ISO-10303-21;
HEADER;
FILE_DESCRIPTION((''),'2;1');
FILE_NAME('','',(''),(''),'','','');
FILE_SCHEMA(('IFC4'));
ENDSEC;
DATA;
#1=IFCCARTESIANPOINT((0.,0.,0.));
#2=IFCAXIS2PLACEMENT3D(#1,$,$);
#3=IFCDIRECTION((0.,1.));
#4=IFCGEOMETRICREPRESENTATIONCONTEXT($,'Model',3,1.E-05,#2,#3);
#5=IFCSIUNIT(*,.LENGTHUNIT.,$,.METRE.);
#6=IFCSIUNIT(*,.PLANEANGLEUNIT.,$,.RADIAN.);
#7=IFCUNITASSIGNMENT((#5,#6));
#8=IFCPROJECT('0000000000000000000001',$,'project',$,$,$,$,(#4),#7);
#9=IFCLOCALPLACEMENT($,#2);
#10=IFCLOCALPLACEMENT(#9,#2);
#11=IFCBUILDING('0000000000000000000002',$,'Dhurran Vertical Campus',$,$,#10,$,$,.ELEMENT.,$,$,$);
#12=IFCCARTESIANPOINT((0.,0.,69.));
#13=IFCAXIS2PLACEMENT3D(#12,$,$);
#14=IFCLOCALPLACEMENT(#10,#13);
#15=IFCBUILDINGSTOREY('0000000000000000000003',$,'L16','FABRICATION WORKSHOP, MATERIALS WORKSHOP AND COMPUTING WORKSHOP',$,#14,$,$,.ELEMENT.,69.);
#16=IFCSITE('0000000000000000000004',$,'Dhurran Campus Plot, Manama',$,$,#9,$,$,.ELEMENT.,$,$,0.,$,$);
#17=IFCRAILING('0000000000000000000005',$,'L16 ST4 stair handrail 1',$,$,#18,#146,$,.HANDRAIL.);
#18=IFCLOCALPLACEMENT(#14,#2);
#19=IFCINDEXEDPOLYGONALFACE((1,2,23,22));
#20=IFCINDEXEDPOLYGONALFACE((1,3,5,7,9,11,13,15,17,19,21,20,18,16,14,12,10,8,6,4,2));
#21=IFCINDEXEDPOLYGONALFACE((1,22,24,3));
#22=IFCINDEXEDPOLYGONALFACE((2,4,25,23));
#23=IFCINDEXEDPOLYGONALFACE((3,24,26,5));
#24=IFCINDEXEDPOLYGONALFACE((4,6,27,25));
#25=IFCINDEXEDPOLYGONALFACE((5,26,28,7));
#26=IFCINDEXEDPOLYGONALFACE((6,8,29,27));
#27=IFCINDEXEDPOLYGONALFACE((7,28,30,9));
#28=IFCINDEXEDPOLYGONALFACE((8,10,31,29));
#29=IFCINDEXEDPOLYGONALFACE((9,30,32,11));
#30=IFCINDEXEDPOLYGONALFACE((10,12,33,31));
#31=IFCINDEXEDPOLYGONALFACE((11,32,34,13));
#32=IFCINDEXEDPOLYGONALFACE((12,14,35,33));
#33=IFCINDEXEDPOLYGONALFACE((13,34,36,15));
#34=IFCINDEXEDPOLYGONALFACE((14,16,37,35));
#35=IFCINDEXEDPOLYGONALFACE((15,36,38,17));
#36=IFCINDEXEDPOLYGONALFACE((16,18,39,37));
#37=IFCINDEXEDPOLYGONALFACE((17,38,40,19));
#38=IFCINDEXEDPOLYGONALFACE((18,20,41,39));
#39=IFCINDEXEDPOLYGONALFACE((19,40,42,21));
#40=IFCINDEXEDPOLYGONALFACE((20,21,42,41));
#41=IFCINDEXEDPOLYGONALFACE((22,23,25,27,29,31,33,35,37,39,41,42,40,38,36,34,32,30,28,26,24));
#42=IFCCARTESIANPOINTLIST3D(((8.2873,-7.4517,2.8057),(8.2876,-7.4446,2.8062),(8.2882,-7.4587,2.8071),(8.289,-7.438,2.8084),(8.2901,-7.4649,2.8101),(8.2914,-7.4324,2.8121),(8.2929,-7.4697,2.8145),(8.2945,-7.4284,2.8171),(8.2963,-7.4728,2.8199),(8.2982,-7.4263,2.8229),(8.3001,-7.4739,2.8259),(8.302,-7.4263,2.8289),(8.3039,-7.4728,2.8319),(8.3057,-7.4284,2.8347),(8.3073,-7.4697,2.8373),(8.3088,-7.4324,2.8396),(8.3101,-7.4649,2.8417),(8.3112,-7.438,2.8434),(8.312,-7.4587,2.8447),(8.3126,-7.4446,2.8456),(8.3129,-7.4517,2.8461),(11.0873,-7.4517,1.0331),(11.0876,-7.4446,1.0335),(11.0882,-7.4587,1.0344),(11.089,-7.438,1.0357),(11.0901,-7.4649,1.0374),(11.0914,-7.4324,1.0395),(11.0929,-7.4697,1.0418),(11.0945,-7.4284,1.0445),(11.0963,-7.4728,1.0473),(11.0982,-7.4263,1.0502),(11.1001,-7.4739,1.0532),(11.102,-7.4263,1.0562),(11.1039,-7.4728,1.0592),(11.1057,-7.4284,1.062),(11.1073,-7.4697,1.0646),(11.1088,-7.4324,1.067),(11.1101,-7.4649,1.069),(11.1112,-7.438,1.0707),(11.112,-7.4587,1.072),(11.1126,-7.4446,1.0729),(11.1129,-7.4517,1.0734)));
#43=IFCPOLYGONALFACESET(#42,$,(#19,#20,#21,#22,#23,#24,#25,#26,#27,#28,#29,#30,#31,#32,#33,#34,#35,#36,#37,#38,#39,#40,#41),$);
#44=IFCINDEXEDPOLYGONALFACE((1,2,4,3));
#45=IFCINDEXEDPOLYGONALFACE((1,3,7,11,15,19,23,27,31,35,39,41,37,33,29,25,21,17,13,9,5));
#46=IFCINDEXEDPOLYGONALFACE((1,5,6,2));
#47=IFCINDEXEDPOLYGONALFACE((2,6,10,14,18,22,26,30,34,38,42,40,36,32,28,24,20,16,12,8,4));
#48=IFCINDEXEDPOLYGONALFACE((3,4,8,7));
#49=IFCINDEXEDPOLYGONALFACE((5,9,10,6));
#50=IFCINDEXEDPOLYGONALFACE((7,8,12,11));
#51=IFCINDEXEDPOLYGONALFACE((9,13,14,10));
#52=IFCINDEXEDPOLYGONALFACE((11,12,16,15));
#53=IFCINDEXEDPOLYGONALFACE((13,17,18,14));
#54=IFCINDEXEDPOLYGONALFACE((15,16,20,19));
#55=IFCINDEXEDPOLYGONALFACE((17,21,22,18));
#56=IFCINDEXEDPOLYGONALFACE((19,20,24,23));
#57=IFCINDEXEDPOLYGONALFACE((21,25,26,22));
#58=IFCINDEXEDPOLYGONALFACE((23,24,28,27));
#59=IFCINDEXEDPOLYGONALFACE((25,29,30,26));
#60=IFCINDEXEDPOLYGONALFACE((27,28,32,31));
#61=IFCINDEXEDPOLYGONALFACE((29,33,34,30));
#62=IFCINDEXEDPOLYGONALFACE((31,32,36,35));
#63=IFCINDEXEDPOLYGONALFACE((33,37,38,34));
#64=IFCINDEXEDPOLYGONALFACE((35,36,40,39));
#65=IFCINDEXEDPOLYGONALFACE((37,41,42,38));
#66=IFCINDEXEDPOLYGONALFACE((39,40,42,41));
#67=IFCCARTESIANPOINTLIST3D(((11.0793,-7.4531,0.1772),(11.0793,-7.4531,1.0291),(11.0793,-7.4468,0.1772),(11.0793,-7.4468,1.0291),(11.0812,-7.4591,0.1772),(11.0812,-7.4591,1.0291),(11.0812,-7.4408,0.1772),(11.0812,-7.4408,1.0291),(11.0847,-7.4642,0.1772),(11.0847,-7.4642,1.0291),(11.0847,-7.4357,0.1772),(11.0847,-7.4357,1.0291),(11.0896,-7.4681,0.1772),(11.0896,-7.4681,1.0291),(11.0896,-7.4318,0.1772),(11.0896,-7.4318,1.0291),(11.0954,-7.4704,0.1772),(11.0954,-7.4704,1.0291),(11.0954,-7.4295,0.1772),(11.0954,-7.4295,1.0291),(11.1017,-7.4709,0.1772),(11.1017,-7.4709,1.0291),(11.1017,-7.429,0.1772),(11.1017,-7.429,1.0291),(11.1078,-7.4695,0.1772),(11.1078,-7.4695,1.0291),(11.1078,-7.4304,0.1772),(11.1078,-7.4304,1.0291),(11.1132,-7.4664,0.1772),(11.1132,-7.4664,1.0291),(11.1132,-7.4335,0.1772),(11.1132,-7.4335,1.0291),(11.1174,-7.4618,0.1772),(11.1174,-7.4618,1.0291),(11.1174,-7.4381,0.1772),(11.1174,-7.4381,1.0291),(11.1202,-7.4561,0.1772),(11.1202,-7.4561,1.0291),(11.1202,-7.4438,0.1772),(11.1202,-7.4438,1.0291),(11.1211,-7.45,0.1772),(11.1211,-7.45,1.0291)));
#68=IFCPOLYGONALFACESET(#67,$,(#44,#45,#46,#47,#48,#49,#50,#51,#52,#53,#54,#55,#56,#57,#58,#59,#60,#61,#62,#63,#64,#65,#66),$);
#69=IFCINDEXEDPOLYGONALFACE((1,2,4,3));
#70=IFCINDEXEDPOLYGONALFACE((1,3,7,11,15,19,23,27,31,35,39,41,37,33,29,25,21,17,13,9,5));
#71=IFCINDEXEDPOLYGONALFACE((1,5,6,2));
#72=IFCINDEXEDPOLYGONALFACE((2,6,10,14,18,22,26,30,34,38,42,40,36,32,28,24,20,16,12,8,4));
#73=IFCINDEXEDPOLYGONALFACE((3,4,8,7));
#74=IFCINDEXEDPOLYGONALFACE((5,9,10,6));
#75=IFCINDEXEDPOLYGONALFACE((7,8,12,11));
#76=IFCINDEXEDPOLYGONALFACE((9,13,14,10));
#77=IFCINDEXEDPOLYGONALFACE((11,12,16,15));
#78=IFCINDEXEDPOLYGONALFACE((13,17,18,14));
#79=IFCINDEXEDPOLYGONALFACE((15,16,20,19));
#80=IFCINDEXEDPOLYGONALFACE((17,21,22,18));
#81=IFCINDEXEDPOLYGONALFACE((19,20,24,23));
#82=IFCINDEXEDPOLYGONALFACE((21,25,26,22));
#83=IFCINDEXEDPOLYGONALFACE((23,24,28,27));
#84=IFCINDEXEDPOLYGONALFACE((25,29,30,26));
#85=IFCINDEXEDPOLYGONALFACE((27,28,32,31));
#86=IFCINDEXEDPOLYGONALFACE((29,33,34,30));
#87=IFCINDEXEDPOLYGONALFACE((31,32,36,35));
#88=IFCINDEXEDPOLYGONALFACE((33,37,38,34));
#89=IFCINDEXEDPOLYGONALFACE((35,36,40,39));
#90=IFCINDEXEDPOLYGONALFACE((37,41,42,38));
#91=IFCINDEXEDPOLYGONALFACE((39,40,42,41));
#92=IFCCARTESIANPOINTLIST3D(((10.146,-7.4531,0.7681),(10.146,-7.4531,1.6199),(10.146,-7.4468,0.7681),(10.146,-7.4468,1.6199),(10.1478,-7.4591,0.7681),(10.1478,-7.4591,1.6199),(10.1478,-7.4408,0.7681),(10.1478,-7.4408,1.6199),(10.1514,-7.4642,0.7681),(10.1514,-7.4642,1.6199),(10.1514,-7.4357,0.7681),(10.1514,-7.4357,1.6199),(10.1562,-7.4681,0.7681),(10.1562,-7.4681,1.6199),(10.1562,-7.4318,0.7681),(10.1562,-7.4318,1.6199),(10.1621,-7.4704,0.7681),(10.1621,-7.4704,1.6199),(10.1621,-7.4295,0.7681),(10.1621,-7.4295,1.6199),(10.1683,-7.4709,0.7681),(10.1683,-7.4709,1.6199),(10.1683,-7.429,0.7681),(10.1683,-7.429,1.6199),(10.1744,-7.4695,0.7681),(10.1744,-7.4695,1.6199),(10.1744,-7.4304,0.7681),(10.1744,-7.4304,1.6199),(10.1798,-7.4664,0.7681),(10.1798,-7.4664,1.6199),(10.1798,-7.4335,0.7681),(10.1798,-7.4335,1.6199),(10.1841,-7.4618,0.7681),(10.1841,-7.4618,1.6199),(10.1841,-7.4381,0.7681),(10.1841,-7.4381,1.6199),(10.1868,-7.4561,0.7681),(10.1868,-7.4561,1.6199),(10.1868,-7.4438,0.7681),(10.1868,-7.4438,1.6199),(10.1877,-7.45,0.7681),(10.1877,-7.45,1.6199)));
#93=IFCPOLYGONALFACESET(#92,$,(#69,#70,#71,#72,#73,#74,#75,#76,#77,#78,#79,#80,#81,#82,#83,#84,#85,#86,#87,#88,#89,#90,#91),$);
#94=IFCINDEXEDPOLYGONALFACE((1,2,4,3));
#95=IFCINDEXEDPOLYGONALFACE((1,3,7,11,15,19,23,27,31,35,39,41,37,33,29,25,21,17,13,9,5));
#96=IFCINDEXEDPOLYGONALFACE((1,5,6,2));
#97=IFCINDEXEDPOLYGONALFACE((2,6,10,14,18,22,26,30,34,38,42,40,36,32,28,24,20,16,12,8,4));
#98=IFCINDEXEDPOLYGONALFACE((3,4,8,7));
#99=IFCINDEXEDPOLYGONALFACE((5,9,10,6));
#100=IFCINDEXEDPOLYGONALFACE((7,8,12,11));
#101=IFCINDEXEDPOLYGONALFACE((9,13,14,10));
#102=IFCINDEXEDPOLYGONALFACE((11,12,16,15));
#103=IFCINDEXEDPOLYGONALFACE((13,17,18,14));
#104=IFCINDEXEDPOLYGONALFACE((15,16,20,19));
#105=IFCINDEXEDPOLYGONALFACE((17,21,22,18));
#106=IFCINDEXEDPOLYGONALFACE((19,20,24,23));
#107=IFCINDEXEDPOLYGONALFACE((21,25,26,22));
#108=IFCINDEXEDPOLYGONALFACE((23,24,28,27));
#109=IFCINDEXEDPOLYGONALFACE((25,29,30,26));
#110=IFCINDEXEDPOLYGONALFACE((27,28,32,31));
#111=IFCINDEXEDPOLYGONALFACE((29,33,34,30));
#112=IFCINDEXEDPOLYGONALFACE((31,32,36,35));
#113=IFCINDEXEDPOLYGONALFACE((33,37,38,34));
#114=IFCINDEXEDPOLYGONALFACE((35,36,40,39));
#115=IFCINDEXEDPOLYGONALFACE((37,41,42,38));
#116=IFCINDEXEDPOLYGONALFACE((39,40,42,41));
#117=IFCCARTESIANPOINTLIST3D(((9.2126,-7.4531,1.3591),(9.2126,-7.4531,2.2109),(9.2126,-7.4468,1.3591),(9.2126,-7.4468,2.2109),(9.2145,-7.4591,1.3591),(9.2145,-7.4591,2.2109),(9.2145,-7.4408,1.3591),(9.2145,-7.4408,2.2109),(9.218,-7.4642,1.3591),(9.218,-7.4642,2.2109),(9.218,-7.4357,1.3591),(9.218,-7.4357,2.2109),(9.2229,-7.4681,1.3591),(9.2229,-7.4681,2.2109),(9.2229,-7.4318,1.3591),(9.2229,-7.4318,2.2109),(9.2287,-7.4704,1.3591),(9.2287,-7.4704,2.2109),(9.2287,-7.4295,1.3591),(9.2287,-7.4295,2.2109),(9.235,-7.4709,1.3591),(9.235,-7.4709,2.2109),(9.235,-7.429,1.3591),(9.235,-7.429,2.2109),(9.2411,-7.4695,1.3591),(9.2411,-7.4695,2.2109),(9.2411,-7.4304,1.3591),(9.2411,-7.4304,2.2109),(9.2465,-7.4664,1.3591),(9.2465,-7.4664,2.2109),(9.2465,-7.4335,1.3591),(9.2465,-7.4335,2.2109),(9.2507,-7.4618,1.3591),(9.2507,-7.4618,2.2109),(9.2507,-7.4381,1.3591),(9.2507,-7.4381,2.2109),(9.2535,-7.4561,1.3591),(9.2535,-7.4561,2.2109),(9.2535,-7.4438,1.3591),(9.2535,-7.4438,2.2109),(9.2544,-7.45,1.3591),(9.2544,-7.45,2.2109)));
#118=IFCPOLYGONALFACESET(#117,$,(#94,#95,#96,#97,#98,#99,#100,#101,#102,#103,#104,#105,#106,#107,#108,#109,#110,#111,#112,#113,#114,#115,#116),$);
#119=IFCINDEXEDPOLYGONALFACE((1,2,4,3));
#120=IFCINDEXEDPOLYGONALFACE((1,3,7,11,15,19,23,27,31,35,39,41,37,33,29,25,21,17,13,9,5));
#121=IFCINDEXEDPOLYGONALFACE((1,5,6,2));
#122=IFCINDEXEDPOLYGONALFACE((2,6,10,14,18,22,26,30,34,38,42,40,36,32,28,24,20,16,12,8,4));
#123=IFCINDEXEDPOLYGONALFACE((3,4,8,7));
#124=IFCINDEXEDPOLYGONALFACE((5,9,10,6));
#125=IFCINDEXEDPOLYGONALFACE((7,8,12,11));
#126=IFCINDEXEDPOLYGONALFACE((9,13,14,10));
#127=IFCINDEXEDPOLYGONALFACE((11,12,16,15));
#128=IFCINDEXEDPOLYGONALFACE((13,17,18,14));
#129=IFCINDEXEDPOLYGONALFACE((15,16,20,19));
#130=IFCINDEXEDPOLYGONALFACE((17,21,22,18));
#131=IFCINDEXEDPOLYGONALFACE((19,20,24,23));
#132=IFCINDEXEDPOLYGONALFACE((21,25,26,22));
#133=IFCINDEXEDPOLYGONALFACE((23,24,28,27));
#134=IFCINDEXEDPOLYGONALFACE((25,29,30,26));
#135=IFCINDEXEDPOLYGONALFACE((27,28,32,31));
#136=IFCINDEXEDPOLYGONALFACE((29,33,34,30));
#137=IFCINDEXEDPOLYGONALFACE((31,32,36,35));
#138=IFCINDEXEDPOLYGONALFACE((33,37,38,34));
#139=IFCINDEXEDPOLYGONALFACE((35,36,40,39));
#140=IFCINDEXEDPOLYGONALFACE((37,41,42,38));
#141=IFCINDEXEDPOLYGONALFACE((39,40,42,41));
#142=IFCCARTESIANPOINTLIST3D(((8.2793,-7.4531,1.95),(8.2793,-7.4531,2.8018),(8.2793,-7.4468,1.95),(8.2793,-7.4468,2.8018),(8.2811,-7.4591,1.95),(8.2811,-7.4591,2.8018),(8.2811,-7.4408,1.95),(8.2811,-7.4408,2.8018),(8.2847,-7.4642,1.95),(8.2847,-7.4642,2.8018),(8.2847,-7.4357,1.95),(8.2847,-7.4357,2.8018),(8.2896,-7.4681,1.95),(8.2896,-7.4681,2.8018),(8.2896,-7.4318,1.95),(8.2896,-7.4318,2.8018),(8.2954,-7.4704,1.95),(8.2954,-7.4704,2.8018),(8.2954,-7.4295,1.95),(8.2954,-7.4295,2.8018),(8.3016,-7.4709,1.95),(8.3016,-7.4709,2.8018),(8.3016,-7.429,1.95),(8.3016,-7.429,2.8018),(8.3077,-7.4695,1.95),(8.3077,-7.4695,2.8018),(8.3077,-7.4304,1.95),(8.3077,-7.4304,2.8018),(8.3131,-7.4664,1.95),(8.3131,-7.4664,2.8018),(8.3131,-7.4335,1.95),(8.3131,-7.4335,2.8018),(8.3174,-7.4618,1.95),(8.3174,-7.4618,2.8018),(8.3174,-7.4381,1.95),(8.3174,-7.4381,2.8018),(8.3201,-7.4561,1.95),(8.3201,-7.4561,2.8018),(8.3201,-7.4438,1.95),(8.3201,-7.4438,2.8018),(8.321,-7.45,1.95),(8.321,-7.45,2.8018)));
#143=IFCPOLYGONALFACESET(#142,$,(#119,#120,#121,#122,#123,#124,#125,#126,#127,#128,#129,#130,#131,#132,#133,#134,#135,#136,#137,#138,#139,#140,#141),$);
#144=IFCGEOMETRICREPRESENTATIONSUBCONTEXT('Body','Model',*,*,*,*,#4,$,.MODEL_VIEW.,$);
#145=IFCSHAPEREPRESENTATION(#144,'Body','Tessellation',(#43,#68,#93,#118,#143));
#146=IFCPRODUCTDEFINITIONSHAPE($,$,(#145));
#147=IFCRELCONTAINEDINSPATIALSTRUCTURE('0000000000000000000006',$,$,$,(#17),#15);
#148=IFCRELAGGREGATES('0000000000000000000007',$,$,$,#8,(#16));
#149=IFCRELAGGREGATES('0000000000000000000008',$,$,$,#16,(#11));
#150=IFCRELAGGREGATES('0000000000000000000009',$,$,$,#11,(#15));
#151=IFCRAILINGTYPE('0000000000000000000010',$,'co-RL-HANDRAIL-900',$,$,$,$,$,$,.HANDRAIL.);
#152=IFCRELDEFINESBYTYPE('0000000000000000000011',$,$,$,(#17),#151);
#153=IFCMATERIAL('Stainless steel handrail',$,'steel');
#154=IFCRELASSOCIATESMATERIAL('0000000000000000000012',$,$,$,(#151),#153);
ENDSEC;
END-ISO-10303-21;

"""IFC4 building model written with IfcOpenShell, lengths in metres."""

from ifc_helpers import new_model, si_unit, direction, frame, origin, origin_2d, place, context, subcontext, project, spatial, circle, extrude, material, type_object, element, save


model = new_model("IFC4")

# Units and contexts
model_context = context("Model", 3, precision=1e-05, world=origin(), true_north=direction((0.0, 1.0)))
body_context = subcontext(model_context, "Body", "Model", "MODEL_VIEW")
ifc_project = project(units=[si_unit("LENGTHUNIT", "METRE"), si_unit("PLANEANGLEUNIT", "RADIAN")], contexts=[model_context])

# Site, building, storey
site_placement = place(None, origin())
site = spatial("IfcSite", under=ifc_project, at=site_placement, Name="Dhurran Campus Plot, Manama", CompositionType="ELEMENT", RefElevation=0.0)
building_placement = place(site_placement, origin())
building = spatial("IfcBuilding", under=site, at=building_placement, Name="Dhurran Vertical Campus", CompositionType="ELEMENT")
storey_placement = place(building_placement, frame((0.0, 0.0, 69.0)))
storey = spatial("IfcBuildingStorey", under=building, at=storey_placement, Name="L16", Description="FABRICATION WORKSHOP, MATERIALS WORKSHOP AND COMPUTING WORKSHOP", CompositionType="ELEMENT", Elevation=69.0)

# Railing
ifc_material_1 = material(Name="Stainless steel handrail", Category="steel")
railing_type_1 = type_object("IfcRailingType", Name="co-RL-HANDRAIL-900", PredefinedType="HANDRAIL", material=ifc_material_1)
railing_1_placement = place(storey_placement, frame((11.1001, -7.45, 0.1772)))
element("IfcRailing", 1, at=railing_1_placement, inside=storey, type_object=railing_type_1, Name="L16 ST4 stair handrail 1", PredefinedType="HANDRAIL", context=body_context, shape_type="SweptSolid", body=[
    extrude(circle(Radius=0.0239, at=origin_2d()), frame((0.0, 0.0, 0.876), z_axis=(-0.844909, 0.0, 0.53491), x_axis=(0.0, -1.0, 0.0)), (0.0, 0.0, 1.0), 3.314),
    extrude(circle(Radius=0.021, at=origin_2d()), origin(), (0.0, 0.0, 1.0), 0.8518),
    extrude(circle(Radius=0.021, at=origin_2d()), frame((-0.9333, 0.0, 0.5908)), (0.0, 0.0, 1.0), 0.8518),
    extrude(circle(Radius=0.021, at=origin_2d()), frame((-1.8667, 0.0, 1.1819)), (0.0, 0.0, 1.0), 0.8518),
    extrude(circle(Radius=0.021, at=origin_2d()), frame((-2.8, 0.0, 1.7727)), (0.0, 0.0, 1.0), 0.8518),
])

save(model, "model.ifc")
